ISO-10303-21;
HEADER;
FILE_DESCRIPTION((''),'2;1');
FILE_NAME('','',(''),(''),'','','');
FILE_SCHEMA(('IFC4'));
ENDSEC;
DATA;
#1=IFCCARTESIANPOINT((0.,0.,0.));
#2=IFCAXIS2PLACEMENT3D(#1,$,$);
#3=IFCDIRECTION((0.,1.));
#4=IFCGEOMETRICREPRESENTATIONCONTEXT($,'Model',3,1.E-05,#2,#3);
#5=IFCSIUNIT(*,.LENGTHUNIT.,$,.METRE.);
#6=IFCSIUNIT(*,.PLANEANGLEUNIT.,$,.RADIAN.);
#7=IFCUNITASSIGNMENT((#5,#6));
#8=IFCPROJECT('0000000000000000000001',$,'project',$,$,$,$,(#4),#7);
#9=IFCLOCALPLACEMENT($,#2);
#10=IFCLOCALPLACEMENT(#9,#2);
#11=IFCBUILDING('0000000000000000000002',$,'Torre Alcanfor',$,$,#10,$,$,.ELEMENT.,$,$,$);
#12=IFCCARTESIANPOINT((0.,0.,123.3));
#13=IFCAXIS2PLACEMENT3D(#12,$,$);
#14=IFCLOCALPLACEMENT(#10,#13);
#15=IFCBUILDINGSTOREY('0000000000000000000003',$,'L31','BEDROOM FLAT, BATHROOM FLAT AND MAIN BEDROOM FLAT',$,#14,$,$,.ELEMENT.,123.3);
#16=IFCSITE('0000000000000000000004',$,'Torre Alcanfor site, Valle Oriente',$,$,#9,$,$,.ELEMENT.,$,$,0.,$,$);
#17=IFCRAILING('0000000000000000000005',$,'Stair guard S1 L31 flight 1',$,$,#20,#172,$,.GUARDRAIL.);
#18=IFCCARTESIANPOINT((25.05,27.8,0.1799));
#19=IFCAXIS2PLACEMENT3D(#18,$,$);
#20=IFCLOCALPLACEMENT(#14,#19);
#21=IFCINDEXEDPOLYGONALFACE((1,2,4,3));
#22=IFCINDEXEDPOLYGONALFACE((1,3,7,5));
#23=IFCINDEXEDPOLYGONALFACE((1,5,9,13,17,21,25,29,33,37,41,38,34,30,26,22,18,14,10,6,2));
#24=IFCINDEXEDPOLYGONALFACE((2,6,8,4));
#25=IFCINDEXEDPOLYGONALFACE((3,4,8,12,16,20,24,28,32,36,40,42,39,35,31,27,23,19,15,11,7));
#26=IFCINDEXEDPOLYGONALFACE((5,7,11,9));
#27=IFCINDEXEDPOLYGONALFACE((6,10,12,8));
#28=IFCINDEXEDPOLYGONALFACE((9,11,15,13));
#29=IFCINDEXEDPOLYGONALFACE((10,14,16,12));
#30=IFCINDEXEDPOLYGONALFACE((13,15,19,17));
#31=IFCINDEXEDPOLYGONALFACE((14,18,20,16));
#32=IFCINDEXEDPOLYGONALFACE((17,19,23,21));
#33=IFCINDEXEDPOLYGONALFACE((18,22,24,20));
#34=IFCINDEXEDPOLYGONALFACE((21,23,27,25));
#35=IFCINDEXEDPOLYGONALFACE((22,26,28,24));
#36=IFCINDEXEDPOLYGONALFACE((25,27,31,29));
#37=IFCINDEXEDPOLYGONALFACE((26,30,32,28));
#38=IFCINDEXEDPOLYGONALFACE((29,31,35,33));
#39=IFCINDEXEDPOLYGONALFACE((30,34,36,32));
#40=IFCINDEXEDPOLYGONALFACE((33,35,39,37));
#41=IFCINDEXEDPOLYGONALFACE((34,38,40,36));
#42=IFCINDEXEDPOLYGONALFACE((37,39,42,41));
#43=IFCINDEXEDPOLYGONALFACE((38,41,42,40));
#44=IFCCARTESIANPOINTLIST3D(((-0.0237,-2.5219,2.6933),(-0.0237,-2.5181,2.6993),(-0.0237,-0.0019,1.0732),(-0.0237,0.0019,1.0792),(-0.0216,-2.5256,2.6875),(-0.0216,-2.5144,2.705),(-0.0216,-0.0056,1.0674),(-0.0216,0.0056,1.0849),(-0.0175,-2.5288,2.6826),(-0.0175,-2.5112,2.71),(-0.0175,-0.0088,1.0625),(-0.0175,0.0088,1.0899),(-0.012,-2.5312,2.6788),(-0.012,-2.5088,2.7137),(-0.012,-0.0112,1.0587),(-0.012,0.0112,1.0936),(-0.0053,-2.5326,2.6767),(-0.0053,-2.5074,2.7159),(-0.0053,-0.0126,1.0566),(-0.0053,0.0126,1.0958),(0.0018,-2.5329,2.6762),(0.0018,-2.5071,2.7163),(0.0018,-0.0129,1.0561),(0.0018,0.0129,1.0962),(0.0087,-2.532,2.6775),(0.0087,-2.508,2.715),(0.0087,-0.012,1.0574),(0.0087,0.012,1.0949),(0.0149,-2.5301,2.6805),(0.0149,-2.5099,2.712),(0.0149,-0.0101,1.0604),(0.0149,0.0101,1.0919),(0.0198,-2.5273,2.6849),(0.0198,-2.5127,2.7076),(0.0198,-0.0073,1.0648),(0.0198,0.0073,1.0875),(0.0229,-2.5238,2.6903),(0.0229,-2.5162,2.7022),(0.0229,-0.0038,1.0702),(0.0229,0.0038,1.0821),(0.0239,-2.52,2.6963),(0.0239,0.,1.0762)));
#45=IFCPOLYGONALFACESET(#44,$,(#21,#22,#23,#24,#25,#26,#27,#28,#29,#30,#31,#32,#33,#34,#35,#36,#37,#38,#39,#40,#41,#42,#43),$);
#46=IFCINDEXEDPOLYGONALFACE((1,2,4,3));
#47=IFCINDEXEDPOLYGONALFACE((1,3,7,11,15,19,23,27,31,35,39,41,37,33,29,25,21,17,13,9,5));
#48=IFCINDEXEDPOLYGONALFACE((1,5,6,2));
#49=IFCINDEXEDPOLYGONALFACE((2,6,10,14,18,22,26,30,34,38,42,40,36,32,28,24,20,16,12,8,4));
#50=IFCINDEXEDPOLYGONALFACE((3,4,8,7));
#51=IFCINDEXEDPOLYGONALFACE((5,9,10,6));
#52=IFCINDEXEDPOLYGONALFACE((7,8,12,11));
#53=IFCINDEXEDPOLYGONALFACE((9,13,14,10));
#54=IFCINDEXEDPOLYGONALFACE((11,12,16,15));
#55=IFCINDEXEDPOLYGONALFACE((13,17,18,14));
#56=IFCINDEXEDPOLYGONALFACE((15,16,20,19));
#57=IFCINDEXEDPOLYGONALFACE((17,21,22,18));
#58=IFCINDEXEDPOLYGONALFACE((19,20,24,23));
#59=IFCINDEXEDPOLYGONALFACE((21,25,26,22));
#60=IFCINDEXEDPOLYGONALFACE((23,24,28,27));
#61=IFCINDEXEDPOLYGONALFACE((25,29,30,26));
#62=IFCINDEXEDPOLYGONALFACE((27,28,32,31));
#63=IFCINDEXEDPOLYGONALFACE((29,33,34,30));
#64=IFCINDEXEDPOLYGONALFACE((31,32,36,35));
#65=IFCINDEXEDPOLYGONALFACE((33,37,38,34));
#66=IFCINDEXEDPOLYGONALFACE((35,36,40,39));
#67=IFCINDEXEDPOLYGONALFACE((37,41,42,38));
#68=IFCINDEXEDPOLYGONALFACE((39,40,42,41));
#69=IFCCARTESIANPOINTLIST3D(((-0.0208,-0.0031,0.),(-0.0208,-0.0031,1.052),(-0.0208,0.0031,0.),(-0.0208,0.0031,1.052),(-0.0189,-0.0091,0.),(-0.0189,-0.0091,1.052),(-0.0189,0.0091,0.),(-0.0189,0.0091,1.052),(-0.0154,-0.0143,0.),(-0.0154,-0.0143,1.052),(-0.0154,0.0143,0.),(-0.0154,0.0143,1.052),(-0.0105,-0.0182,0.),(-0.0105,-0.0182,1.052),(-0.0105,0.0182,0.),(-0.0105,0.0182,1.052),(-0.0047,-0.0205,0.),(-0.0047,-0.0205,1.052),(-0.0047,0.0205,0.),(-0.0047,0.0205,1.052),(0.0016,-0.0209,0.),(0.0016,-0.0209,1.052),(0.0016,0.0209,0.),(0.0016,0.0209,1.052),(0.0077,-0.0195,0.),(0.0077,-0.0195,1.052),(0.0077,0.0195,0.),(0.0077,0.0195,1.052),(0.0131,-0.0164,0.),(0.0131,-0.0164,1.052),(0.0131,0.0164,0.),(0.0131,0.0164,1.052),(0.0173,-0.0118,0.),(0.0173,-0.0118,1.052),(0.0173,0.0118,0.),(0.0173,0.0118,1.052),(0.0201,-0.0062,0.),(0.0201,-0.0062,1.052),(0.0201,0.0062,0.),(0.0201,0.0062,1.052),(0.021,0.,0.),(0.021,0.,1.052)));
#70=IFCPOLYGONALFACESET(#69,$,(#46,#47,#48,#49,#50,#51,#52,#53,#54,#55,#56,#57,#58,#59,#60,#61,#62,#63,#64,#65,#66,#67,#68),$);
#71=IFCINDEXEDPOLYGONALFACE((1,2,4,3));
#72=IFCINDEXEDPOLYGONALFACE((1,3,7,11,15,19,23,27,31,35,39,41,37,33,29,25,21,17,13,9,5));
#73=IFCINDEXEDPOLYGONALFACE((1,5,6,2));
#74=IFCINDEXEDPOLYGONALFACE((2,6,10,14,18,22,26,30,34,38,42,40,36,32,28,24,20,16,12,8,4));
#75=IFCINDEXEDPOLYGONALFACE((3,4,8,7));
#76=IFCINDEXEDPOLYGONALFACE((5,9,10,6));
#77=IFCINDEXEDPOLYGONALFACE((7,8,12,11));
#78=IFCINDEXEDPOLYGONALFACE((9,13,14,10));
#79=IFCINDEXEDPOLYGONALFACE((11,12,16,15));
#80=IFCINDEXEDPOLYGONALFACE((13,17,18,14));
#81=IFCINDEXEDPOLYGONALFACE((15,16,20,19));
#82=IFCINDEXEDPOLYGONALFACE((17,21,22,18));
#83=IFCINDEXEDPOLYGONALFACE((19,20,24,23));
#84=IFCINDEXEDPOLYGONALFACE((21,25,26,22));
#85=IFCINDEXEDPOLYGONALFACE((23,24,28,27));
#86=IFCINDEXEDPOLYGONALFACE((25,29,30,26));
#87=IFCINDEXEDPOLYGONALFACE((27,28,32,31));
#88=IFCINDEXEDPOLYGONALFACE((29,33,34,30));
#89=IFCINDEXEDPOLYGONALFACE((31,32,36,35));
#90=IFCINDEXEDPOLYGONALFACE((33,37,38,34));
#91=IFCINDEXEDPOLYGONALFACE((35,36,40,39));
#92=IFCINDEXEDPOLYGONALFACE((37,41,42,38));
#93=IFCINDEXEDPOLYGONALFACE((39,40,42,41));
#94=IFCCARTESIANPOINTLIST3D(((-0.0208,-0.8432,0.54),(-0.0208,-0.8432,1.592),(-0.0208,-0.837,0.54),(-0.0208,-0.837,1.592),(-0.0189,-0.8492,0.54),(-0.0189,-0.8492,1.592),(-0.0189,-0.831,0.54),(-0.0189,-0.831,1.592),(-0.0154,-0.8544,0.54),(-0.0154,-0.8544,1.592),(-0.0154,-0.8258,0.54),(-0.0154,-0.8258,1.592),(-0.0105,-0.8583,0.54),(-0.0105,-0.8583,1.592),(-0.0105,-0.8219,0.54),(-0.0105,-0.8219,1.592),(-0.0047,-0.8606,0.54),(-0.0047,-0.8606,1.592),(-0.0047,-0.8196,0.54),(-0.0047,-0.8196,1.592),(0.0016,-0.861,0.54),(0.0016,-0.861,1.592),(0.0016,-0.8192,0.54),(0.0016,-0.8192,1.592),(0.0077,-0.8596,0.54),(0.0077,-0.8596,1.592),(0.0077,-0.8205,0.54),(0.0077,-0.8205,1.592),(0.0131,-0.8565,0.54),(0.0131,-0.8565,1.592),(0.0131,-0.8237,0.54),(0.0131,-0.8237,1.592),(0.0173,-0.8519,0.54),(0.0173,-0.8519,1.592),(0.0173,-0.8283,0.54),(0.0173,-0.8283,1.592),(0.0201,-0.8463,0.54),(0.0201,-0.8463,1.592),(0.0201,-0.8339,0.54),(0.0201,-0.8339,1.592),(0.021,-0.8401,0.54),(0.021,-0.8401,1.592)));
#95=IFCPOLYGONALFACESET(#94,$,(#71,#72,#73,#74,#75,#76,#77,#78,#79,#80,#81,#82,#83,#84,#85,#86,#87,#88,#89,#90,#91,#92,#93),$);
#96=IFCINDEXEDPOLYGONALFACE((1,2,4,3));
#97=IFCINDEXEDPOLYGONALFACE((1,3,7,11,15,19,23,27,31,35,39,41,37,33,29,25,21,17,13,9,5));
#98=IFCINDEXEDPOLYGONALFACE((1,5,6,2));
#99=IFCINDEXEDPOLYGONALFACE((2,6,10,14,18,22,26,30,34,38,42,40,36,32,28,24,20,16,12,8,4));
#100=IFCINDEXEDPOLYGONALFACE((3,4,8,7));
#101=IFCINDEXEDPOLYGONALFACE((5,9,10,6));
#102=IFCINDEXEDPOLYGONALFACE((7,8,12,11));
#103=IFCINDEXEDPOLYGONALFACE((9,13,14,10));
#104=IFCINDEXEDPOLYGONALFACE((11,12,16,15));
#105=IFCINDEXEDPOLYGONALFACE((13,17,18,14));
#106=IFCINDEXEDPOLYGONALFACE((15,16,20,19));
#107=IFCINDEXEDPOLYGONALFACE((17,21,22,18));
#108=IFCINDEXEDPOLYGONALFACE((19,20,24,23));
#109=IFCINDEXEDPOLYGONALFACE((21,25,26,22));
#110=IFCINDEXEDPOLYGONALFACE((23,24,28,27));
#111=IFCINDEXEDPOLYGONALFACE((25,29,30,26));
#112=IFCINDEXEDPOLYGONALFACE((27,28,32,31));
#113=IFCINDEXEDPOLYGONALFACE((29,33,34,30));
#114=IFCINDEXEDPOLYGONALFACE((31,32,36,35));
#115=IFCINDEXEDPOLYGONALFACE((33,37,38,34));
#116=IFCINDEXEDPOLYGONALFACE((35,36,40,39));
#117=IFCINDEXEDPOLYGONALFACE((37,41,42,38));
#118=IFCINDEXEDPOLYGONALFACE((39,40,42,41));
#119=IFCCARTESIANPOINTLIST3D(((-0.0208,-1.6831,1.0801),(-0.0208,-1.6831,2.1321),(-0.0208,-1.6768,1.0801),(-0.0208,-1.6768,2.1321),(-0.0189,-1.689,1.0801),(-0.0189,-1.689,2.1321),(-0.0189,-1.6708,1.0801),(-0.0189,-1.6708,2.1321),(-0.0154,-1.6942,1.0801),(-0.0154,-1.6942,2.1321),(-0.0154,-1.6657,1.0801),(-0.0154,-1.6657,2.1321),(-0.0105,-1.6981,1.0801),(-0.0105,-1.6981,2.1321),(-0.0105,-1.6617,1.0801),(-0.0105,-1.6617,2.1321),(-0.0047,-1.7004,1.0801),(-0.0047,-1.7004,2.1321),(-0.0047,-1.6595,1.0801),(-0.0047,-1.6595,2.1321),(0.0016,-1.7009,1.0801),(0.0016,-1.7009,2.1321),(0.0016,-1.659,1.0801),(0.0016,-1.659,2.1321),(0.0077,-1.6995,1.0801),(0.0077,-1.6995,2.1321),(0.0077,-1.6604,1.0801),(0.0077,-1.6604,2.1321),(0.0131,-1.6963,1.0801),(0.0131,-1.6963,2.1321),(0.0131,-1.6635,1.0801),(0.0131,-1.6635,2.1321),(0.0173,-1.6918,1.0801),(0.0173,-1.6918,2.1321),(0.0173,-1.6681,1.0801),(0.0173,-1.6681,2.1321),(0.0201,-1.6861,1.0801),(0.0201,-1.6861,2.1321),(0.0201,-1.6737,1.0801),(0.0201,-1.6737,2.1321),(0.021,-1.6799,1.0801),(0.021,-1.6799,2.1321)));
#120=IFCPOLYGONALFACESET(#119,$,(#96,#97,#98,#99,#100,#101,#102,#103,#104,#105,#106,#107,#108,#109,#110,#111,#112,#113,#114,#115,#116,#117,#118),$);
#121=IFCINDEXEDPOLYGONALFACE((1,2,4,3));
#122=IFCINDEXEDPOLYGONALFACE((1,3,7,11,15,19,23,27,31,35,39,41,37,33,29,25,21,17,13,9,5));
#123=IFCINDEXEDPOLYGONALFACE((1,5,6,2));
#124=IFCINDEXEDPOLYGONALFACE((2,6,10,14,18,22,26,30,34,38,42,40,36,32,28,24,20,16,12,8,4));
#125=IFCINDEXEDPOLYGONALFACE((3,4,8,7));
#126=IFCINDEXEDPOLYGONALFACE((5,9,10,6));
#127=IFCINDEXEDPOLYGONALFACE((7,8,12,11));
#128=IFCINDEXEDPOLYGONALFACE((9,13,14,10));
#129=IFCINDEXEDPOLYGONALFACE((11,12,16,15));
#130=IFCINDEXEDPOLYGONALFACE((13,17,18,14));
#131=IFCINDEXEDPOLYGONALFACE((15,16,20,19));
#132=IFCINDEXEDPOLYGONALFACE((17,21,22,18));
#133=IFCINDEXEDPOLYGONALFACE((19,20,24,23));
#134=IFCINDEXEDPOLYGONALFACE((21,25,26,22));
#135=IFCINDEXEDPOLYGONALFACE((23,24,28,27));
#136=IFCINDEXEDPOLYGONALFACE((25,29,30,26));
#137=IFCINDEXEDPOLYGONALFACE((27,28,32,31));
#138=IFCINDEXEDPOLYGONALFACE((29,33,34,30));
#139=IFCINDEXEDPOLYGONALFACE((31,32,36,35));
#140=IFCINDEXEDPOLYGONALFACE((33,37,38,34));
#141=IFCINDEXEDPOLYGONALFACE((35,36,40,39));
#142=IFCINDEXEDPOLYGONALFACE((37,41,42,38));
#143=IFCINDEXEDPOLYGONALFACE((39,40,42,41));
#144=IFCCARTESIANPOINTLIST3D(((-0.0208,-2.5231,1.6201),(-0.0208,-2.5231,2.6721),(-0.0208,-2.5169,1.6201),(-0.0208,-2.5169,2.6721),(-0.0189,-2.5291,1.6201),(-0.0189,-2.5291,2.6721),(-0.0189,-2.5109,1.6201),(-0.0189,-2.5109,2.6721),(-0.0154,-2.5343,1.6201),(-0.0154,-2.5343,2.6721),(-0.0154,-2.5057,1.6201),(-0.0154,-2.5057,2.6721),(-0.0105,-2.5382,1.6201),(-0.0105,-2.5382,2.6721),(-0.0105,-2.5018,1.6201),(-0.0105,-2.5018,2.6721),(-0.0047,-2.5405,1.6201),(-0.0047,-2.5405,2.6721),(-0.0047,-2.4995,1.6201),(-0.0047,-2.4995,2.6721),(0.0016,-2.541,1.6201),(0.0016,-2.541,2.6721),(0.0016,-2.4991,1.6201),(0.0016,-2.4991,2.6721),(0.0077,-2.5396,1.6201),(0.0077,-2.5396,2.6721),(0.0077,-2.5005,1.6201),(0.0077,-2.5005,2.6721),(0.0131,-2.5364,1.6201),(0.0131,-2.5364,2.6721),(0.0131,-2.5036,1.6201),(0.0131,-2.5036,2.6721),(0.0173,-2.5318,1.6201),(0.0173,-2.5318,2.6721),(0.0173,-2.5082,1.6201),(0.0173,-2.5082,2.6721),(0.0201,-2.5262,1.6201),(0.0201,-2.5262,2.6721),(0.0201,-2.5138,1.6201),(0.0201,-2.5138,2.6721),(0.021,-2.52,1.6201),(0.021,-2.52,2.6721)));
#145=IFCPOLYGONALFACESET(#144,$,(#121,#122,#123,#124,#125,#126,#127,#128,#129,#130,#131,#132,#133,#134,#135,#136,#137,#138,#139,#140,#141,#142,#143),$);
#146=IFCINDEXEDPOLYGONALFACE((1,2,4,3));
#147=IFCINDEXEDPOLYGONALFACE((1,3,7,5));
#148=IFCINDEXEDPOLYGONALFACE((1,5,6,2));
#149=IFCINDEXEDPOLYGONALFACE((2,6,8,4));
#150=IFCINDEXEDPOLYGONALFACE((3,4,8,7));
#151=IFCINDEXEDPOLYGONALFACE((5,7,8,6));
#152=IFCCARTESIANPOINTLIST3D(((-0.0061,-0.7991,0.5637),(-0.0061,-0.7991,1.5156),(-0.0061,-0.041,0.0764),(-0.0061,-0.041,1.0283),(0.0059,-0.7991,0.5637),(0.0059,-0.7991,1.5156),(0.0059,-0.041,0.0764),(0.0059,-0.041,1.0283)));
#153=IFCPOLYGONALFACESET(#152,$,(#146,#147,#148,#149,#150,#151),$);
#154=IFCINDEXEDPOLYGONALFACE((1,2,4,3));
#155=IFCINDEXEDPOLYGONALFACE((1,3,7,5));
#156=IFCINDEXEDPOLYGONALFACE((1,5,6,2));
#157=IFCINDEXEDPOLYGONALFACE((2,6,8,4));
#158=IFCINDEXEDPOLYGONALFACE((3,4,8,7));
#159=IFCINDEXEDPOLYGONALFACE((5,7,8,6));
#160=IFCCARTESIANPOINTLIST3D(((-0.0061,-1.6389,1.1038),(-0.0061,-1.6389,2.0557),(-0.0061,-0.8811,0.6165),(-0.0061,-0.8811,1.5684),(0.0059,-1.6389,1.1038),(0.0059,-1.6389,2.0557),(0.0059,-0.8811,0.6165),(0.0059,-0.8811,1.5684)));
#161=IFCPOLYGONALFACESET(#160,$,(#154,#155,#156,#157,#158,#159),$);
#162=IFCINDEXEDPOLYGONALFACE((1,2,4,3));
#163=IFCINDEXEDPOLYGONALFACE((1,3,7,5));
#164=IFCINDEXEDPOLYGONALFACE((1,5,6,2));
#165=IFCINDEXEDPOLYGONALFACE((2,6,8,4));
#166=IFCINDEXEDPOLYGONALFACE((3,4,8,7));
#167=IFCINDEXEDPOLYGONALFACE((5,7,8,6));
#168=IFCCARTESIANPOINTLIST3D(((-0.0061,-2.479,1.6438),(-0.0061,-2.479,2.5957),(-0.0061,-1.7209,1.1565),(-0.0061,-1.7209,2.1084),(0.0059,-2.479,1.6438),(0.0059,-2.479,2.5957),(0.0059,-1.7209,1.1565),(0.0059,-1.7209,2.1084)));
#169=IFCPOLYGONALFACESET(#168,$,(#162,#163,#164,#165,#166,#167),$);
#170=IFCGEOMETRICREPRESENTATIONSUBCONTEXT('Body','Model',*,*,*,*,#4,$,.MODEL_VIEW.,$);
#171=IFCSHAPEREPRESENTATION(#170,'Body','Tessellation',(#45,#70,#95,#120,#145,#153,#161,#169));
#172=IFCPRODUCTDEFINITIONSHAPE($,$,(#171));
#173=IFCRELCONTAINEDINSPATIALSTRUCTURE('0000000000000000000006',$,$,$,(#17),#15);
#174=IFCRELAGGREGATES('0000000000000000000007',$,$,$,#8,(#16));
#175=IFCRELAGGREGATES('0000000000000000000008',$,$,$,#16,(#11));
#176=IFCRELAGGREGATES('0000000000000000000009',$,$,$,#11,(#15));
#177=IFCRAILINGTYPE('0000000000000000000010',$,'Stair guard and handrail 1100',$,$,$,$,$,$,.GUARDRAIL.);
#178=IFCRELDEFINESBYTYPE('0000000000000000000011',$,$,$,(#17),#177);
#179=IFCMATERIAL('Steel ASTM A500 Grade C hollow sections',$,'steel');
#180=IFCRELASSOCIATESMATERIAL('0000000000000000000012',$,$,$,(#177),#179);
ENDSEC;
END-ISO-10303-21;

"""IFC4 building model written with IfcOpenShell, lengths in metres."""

from ifc_helpers import new_model, si_unit, direction, frame, origin, origin_2d, place, context, subcontext, project, spatial, polyline, circle, outline, extrude, material, type_object, element, save


model = new_model("IFC4")

# Units and contexts
model_context = context("Model", 3, precision=1e-05, world=origin(), true_north=direction((0.0, 1.0)))
body_context = subcontext(model_context, "Body", "Model", "MODEL_VIEW")
ifc_project = project(units=[si_unit("LENGTHUNIT", "METRE"), si_unit("PLANEANGLEUNIT", "RADIAN")], contexts=[model_context])

# Site, building, storey
site_placement = place(None, origin())
site = spatial("IfcSite", under=ifc_project, at=site_placement, Name="Torre Alcanfor site, Valle Oriente", CompositionType="ELEMENT", RefElevation=0.0)
building_placement = place(site_placement, origin())
building = spatial("IfcBuilding", under=site, at=building_placement, Name="Torre Alcanfor", CompositionType="ELEMENT")
storey_placement = place(building_placement, frame((0.0, 0.0, 123.3)))
storey = spatial("IfcBuildingStorey", under=building, at=storey_placement, Name="L31", Description="BEDROOM FLAT, BATHROOM FLAT AND MAIN BEDROOM FLAT", CompositionType="ELEMENT", Elevation=123.3)

# Railing
ifc_material_1 = material(Name="Steel ASTM A500 Grade C hollow sections", Category="steel")
railing_type_1 = type_object("IfcRailingType", Name="Stair guard and handrail 1100", PredefinedType="GUARDRAIL", material=ifc_material_1)
railing_1_placement = place(storey_placement, frame((25.05, 27.8, 0.1799)))
element("IfcRailing", 1, at=railing_1_placement, inside=storey, type_object=railing_type_1, Name="Stair guard S1 L31 flight 1", PredefinedType="GUARDRAIL", context=body_context, shape_type="SweptSolid", body=[
    extrude(circle(Radius=0.0239, at=origin_2d()), frame((0.0, 0.0, 1.0762), z_axis=(0.0, -0.841163, 0.540782), x_axis=(1.0, 0.0, 0.0)), (0.0, 0.0, 1.0), 2.9958),
    extrude(circle(Radius=0.021, at=origin_2d()), origin(), (0.0, 0.0, 1.0), 1.052),
    extrude(circle(Radius=0.021, at=origin_2d()), frame((0.0, -0.8401, 0.54)), (0.0, 0.0, 1.0), 1.052),
    extrude(circle(Radius=0.021, at=origin_2d()), frame((0.0, -1.6799, 1.0801)), (0.0, 0.0, 1.0), 1.052),
    extrude(circle(Radius=0.021, at=origin_2d()), frame((0.0, -2.52, 1.6201)), (0.0, 0.0, 1.0), 1.052),
    extrude(outline(polyline([(0.041, 0.0764), (0.7991, 0.5637), (0.7991, 1.5156), (0.041, 1.0283), (0.041, 0.0764)])), frame((0.0059, 0.0, 0.0), z_axis=(-1.0, 0.0, 0.0), x_axis=(0.0, -1.0, 0.0)), (0.0, 0.0, 1.0), 0.012),
    extrude(outline(polyline([(0.8811, 0.6165), (1.6389, 1.1038), (1.6389, 2.0557), (0.8811, 1.5684), (0.8811, 0.6165)])), frame((0.0059, 0.0, 0.0), z_axis=(-1.0, 0.0, 0.0), x_axis=(0.0, -1.0, 0.0)), (0.0, 0.0, 1.0), 0.012),
    extrude(outline(polyline([(1.7209, 1.1565), (2.479, 1.6438), (2.479, 2.5957), (1.7209, 2.1084), (1.7209, 1.1565)])), frame((0.0059, 0.0, 0.0), z_axis=(-1.0, 0.0, 0.0), x_axis=(0.0, -1.0, 0.0)), (0.0, 0.0, 1.0), 0.012),
])

save(model, "model.ifc")
